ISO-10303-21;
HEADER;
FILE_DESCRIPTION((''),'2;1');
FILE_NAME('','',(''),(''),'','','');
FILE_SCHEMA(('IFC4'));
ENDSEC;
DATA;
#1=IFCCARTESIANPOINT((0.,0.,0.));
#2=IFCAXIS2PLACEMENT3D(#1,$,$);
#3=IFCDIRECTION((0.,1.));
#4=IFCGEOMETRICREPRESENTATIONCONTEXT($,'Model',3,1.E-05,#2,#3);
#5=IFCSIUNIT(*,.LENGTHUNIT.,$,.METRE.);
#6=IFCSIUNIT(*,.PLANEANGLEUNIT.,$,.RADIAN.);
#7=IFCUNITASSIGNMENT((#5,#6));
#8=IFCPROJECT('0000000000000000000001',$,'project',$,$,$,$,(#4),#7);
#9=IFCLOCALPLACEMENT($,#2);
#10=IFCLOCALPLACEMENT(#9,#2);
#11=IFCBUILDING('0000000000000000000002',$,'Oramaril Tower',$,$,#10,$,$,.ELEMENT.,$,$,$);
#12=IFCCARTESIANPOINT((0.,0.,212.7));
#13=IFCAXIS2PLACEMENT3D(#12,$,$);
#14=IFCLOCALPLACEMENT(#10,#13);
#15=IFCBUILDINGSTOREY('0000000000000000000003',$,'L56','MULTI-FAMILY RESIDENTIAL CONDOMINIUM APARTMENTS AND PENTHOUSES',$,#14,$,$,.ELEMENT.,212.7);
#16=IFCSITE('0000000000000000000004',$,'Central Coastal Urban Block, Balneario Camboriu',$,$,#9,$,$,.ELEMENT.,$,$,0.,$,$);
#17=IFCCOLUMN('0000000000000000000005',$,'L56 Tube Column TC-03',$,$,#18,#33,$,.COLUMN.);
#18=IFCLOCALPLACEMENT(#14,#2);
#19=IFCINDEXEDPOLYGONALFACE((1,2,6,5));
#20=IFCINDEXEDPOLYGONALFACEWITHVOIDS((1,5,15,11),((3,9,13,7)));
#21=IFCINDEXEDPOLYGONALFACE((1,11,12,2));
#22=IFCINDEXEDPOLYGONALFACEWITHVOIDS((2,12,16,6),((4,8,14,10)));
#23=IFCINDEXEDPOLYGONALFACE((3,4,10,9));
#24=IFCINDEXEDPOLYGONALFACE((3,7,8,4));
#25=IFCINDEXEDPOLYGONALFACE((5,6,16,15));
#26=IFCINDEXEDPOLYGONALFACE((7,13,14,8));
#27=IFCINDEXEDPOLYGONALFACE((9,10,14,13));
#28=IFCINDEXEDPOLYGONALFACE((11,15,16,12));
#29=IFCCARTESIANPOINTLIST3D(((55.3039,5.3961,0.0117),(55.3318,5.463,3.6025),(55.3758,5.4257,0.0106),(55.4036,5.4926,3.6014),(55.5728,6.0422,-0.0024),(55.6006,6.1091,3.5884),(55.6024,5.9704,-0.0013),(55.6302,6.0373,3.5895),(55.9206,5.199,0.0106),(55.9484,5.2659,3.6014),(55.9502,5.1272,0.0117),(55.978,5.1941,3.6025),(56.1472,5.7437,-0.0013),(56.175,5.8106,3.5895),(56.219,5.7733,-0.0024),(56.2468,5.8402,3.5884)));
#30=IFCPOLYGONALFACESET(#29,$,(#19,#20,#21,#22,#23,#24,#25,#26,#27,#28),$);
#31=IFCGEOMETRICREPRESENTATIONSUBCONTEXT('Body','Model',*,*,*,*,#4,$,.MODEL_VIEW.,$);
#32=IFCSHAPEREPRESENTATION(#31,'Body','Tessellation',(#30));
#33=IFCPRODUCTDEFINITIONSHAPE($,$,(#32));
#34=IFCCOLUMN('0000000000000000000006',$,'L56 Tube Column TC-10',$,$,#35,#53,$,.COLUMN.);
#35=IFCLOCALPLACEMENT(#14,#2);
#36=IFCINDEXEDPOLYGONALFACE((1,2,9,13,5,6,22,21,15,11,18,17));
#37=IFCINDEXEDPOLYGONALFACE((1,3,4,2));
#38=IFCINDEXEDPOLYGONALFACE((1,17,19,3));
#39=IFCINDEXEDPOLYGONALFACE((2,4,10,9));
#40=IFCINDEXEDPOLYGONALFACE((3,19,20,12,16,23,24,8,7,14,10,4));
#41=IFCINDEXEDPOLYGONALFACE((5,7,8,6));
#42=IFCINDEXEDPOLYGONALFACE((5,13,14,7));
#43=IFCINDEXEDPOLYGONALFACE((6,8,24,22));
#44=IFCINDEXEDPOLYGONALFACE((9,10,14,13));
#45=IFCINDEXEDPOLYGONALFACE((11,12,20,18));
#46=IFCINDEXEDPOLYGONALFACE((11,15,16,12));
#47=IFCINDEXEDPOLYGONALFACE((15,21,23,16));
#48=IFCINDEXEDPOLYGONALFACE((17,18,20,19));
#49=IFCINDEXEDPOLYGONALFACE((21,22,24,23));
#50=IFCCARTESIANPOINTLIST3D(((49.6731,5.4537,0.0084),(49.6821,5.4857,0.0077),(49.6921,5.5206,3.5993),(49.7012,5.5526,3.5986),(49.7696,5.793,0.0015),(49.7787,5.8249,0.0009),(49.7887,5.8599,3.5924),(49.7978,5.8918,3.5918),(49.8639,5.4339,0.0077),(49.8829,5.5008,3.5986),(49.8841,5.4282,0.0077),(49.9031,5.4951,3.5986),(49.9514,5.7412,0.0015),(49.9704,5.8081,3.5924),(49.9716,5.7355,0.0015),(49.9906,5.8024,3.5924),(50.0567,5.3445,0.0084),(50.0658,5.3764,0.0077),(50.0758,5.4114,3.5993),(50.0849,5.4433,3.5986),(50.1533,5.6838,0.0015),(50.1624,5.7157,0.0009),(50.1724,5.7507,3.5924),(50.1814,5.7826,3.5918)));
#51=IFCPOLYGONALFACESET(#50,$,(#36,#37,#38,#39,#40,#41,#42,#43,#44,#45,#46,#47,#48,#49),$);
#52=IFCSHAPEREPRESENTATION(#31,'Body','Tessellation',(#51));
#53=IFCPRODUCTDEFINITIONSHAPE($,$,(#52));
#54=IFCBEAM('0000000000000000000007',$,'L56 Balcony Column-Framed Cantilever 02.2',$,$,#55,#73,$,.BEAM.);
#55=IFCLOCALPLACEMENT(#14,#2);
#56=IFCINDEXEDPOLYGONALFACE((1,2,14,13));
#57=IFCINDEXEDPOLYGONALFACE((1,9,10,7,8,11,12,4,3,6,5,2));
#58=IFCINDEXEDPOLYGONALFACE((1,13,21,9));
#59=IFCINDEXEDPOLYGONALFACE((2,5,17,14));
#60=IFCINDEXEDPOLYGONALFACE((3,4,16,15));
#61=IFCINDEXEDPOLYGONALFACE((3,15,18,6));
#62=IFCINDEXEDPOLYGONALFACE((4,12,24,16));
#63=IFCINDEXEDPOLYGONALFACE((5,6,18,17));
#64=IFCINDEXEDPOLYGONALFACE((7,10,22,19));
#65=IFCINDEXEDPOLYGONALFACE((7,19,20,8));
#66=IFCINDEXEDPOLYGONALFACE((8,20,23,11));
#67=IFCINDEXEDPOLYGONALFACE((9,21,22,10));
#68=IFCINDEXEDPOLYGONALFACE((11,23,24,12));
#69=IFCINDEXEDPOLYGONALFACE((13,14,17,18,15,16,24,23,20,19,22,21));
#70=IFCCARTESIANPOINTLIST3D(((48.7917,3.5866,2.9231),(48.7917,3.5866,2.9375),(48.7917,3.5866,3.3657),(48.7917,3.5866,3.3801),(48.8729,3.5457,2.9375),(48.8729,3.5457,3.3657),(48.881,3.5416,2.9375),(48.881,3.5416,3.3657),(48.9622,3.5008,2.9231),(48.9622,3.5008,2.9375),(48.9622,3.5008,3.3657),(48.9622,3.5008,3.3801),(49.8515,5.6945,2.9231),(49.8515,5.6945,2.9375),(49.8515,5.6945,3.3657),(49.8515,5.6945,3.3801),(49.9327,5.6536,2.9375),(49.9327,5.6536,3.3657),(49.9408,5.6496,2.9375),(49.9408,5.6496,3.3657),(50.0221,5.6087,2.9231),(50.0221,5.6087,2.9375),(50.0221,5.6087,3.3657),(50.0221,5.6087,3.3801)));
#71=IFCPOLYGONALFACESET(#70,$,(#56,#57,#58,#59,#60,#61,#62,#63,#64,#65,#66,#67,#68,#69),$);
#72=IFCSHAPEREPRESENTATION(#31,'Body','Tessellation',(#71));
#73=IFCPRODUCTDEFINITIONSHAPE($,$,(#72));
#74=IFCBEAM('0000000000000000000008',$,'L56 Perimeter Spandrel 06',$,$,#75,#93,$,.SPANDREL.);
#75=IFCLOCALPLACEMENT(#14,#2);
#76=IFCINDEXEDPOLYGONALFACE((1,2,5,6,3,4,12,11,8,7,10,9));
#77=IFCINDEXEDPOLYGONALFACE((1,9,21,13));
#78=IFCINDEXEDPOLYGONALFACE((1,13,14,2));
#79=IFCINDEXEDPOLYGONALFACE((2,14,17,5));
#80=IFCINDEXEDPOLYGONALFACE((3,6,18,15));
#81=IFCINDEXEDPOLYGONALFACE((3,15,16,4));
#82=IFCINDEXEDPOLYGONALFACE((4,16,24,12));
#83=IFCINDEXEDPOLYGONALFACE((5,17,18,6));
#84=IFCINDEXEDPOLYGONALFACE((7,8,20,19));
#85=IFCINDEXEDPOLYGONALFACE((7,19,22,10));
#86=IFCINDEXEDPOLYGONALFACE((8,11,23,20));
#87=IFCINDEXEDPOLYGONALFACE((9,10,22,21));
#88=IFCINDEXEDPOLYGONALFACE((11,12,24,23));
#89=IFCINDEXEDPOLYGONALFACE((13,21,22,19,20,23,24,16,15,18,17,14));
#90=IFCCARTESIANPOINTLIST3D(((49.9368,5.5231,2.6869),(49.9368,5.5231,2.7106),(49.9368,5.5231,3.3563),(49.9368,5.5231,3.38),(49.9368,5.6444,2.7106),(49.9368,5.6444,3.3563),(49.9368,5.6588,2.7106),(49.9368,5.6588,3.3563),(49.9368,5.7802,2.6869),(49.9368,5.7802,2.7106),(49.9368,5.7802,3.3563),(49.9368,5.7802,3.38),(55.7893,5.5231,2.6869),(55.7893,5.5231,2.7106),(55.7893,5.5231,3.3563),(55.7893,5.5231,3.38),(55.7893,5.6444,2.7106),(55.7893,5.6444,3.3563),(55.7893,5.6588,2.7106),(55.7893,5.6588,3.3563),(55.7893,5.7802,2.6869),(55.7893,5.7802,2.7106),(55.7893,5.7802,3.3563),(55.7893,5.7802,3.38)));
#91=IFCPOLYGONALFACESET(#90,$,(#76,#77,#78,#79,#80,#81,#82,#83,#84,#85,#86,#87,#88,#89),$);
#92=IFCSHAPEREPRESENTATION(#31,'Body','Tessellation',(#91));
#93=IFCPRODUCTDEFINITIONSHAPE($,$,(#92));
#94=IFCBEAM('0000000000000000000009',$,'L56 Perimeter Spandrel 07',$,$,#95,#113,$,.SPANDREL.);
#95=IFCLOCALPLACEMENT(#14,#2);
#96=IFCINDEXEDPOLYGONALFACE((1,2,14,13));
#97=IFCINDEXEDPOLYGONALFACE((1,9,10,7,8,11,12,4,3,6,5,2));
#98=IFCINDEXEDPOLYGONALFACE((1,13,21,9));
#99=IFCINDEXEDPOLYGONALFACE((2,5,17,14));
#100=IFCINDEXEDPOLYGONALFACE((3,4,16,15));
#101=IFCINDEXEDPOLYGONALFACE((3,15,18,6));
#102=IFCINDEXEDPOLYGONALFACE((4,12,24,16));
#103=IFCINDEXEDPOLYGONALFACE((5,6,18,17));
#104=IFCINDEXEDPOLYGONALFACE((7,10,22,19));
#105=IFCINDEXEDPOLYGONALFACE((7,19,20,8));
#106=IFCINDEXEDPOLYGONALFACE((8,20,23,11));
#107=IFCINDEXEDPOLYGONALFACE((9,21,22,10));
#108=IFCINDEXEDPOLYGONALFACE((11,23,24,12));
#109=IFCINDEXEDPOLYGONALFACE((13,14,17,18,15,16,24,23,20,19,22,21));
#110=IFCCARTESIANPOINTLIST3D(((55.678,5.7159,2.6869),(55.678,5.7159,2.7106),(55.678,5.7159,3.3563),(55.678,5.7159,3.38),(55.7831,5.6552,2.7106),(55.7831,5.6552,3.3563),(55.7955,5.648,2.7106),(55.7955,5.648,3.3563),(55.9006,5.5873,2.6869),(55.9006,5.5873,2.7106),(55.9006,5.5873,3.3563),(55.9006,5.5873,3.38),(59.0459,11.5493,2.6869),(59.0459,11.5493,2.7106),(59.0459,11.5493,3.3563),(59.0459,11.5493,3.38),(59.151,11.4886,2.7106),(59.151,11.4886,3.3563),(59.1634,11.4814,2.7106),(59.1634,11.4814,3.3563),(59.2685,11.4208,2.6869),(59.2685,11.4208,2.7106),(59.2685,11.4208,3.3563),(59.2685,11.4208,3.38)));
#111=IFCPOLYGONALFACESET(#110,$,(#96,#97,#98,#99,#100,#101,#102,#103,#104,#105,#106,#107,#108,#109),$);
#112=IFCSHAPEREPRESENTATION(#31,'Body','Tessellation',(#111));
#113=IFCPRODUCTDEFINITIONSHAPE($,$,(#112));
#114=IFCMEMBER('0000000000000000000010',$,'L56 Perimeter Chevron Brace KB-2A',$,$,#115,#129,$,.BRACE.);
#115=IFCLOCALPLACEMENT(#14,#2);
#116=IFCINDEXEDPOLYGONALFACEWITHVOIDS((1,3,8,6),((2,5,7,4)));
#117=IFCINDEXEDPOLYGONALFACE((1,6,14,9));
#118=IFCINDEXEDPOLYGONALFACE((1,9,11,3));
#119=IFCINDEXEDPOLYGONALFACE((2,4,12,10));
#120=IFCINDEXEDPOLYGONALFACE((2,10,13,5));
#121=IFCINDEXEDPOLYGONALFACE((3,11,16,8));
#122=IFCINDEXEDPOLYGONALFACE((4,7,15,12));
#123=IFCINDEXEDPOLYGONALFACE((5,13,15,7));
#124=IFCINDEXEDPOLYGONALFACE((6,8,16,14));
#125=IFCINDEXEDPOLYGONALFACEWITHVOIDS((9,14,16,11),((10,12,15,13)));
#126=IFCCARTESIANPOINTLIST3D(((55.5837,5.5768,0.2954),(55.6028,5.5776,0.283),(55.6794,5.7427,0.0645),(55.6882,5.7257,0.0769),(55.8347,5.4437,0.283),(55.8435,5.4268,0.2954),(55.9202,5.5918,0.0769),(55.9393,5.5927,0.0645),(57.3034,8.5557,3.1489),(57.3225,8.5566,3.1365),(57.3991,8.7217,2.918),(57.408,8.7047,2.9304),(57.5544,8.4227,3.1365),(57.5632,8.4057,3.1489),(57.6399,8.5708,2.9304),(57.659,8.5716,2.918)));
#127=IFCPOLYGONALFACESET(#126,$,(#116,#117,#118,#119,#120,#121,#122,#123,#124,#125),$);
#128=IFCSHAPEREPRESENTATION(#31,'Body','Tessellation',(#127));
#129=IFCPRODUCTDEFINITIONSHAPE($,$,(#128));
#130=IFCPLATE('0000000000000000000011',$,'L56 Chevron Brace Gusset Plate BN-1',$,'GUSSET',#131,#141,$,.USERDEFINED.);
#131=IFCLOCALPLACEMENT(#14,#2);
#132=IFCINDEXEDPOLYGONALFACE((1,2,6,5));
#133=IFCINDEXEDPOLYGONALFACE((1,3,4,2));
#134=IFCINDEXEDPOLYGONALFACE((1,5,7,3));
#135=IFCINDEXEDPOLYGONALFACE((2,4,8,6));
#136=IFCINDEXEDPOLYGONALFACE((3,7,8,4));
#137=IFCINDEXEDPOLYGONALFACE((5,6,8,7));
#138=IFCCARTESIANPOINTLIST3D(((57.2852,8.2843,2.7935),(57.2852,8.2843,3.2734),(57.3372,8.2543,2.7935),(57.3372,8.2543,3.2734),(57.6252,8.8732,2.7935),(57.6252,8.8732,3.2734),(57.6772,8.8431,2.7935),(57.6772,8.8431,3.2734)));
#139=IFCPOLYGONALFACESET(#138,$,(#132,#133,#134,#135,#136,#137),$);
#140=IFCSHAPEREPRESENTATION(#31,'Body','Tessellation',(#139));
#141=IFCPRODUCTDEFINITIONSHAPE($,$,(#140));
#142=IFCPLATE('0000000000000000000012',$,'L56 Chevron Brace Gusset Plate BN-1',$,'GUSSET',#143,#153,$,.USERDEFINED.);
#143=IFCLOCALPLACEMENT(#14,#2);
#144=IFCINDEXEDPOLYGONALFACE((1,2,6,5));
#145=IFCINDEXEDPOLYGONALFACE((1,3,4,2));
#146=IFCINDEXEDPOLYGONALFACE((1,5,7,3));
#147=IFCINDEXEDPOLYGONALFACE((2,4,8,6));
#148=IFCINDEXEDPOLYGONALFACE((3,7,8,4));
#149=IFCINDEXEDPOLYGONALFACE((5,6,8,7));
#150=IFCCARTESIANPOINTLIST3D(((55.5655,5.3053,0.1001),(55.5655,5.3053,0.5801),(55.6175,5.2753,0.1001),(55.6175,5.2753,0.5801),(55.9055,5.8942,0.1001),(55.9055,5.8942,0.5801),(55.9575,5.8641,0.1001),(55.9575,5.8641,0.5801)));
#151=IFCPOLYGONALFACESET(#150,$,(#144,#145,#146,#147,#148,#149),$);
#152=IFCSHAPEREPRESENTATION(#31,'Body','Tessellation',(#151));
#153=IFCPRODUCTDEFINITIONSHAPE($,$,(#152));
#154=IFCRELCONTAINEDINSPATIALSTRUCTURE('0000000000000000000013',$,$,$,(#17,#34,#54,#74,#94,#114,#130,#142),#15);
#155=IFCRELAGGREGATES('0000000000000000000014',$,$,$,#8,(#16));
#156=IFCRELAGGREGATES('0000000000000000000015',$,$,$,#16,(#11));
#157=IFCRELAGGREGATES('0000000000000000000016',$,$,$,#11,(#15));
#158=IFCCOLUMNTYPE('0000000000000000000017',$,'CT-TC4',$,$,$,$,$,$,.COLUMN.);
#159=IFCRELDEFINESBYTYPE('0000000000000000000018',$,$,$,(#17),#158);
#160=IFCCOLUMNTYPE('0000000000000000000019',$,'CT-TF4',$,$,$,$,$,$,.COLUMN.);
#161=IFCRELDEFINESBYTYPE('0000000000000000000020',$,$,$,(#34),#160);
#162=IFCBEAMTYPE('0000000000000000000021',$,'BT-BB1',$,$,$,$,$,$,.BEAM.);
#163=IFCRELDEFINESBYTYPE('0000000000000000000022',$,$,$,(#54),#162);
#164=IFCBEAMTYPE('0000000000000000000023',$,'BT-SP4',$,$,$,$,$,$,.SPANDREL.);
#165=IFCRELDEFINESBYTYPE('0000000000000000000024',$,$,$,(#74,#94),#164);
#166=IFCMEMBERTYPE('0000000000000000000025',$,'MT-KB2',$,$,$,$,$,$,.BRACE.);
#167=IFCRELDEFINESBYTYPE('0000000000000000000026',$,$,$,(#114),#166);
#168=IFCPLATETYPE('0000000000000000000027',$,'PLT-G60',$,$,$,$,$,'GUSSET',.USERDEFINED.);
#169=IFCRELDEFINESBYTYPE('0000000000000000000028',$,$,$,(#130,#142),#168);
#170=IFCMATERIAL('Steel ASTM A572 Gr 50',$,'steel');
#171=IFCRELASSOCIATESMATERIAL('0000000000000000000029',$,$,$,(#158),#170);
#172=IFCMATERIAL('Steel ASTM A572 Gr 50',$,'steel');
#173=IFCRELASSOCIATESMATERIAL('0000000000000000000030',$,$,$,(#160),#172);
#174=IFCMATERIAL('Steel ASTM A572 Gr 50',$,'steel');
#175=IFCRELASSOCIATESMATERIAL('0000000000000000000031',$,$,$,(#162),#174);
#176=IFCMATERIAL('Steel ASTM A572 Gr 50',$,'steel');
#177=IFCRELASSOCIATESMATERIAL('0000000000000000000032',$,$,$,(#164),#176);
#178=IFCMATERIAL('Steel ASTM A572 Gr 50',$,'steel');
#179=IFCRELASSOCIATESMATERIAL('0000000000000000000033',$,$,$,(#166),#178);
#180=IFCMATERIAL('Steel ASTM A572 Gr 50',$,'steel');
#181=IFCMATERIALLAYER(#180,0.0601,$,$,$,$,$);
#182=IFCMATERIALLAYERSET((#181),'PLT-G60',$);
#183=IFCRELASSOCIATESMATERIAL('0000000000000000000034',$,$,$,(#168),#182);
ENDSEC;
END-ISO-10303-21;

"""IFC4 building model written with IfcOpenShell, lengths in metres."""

from ifc_helpers import new_model, si_unit, direction, frame, origin, origin_2d, place, context, subcontext, project, spatial, rectangle, hollow_rectangle, i_section, extrude, material, layer, layer_set, material_profile, profile_set, type_object, element, save


model = new_model("IFC4")

# Units and contexts
model_context = context("Model", 3, precision=1e-05, world=origin(), true_north=direction((0.0, 1.0)))
body_context = subcontext(model_context, "Body", "Model", "MODEL_VIEW")
ifc_project = project(units=[si_unit("LENGTHUNIT", "METRE"), si_unit("PLANEANGLEUNIT", "RADIAN")], contexts=[model_context])

# Site, building, storey
site_placement = place(None, origin())
site = spatial("IfcSite", under=ifc_project, at=site_placement, Name="Central Coastal Urban Block, Balneario Camboriu", CompositionType="ELEMENT", RefElevation=0.0)
building_placement = place(site_placement, origin())
building = spatial("IfcBuilding", under=site, at=building_placement, Name="Oramaril Tower", CompositionType="ELEMENT")
storey_placement = place(building_placement, frame((0.0, 0.0, 212.7)))
storey = spatial("IfcBuildingStorey", under=building, at=storey_placement, Name="L56", Description="MULTI-FAMILY RESIDENTIAL CONDOMINIUM APARTMENTS AND PENTHOUSES", CompositionType="ELEMENT", Elevation=212.7)

# Columns
ifc_material_1 = material(Name="Steel ASTM A572 Gr 50", Category="steel")
ifc_material_profile_1 = material_profile(ifc_material_1, hollow_rectangle(XDim=0.7, YDim=0.7, WallThickness=0.0549, at=origin_2d()), Name="BOX700X700X55")
ifc_profile_set_1 = profile_set([ifc_material_profile_1], Name="Steel ASTM A572 Gr 50")
column_type_1 = type_object("IfcColumnType", Name="CT-TC4", PredefinedType="COLUMN", material=ifc_profile_set_1)
column_1_placement = place(storey_placement, frame((55.7615, 5.5847, 0.0046), z_axis=(0.007749, 0.018626, 0.999796), x_axis=(-0.923276, 0.384137, 0.0)))
element("IfcColumn", 1, at=column_1_placement, inside=storey, type_object=column_type_1, Name="L56 Tube Column TC-03", PredefinedType="COLUMN", context=body_context, shape_type="SweptSolid", body=[
    extrude(hollow_rectangle(XDim=0.7, YDim=0.7, WallThickness=0.0549, at=origin_2d()), origin(), (0.0, 0.0, 1.0), 3.5916),
])
ifc_material_2 = material(Name="Steel ASTM A572 Gr 50", Category="steel")
ifc_material_profile_2 = material_profile(ifc_material_2, i_section(OverallWidth=0.3989, OverallDepth=0.386, WebThickness=0.021, FlangeThickness=0.0332, at=origin_2d()), Name="W14X176")
ifc_profile_set_2 = profile_set([ifc_material_profile_2], Name="Steel ASTM A572 Gr 50")
column_type_2 = type_object("IfcColumnType", Name="CT-TF4", PredefinedType="COLUMN", material=ifc_profile_set_2)
column_2_placement = place(storey_placement, frame((49.9177, 5.5847, 0.0046), z_axis=(0.005302, 0.018626, 0.999812), x_axis=(-0.961788, 0.273794, 0.0)))
element("IfcColumn", 2, at=column_2_placement, inside=storey, type_object=column_type_2, Name="L56 Tube Column TC-10", PredefinedType="COLUMN", context=body_context, shape_type="SweptSolid", body=[
    extrude(i_section(OverallWidth=0.3989, OverallDepth=0.386, WebThickness=0.021, FlangeThickness=0.0332, at=origin_2d()), origin(), (0.0, 0.0, 1.0), 3.5916),
])

# Beams
ifc_material_3 = material(Name="Steel ASTM A572 Gr 50", Category="steel")
ifc_material_profile_3 = material_profile(ifc_material_3, i_section(OverallWidth=0.1909, OverallDepth=0.457, WebThickness=0.009, FlangeThickness=0.0144, at=origin_2d()), Name="W18X50")
ifc_profile_set_3 = profile_set([ifc_material_profile_3], Name="Steel ASTM A572 Gr 50")
beam_type_1 = type_object("IfcBeamType", Name="BT-BB1", PredefinedType="BEAM", material=ifc_profile_set_3)
beam_1_placement = place(storey_placement, frame((49.9368, 5.6516, 3.1516), z_axis=(-0.449199, -0.893432, 0.0), x_axis=(0.893432, -0.449199, 0.0)))
element("IfcBeam", 3, at=beam_1_placement, inside=storey, type_object=beam_type_1, Name="L56 Balcony Column-Framed Cantilever 02.2", PredefinedType="BEAM", context=body_context, shape_type="SweptSolid", body=[
    extrude(i_section(OverallWidth=0.1909, OverallDepth=0.457, WebThickness=0.009, FlangeThickness=0.0144, at=origin_2d()), origin(), (0.0, 0.0, 1.0), 2.3594),
])
ifc_material_4 = material(Name="Steel ASTM A572 Gr 50", Category="steel")
ifc_material_profile_4 = material_profile(ifc_material_4, i_section(OverallWidth=0.2571, OverallDepth=0.6931, WebThickness=0.0144, FlangeThickness=0.0237, at=origin_2d()), Name="W27X114")
ifc_profile_set_4 = profile_set([ifc_material_profile_4], Name="Steel ASTM A572 Gr 50")
beam_type_2 = type_object("IfcBeamType", Name="BT-SP4", PredefinedType="SPANDREL", material=ifc_profile_set_4)
beam_2_placement = place(storey_placement, frame((49.9368, 5.6516, 3.0334), z_axis=(1.0, 0.0, 0.0), x_axis=(0.0, 1.0, 0.0)))
element("IfcBeam", 4, at=beam_2_placement, inside=storey, type_object=beam_type_2, Name="L56 Perimeter Spandrel 06", PredefinedType="SPANDREL", context=body_context, shape_type="SweptSolid", body=[
    extrude(i_section(OverallWidth=0.2571, OverallDepth=0.6931, WebThickness=0.0144, FlangeThickness=0.0237, at=origin_2d()), origin(), (0.0, 0.0, 1.0), 5.8525),
])
beam_3_placement = place(storey_placement, frame((55.7893, 5.6516, 3.0334), z_axis=(0.499994, 0.866029, 0.0), x_axis=(-0.866029, 0.499994, 0.0)))
element("IfcBeam", 5, at=beam_3_placement, inside=storey, type_object=beam_type_2, Name="L56 Perimeter Spandrel 07", PredefinedType="SPANDREL", context=body_context, shape_type="SweptSolid", body=[
    extrude(i_section(OverallWidth=0.2571, OverallDepth=0.6931, WebThickness=0.0144, FlangeThickness=0.0237, at=origin_2d()), origin(), (0.0, 0.0, 1.0), 6.7358),
])

# Member
ifc_material_5 = material(Name="Steel ASTM A572 Gr 50", Category="steel")
ifc_material_profile_5 = material_profile(ifc_material_5, hollow_rectangle(XDim=0.3, YDim=0.3, WallThickness=0.0161, at=origin_2d()), Name="HSS300X300X16")
ifc_profile_set_5 = profile_set([ifc_material_profile_5], Name="Steel ASTM A572 Gr 50")
member_type = type_object("IfcMemberType", Name="MT-KB2", PredefinedType="BRACE", material=ifc_profile_set_5)
member_placement = place(storey_placement, frame((55.7615, 5.5847, 0.1799), z_axis=(0.384788, 0.666551, 0.638473), x_axis=(-0.866051, 0.499956, 0.0)))
element("IfcMember", 6, at=member_placement, inside=storey, type_object=member_type, Name="L56 Perimeter Chevron Brace KB-2A", PredefinedType="BRACE", context=body_context, shape_type="SweptSolid", body=[
    extrude(hollow_rectangle(XDim=0.3, YDim=0.3, WallThickness=0.0161, at=origin_2d()), origin(), (0.0, 0.0, 1.0), 4.4692),
])

# Plates
ifc_material_6 = material(Name="Steel ASTM A572 Gr 50", Category="steel")
ifc_layer_1 = layer(ifc_material_6, 0.0601)
ifc_layer_set_1 = layer_set([ifc_layer_1], Name="PLT-G60")
plate_type = type_object("IfcPlateType", Name="PLT-G60", ElementType="GUSSET", PredefinedType="USERDEFINED", material=ifc_layer_set_1)
for number, where, z_axis, x_axis, name in (
    (7, (57.4812, 8.5637, 2.7935), (0.0, 0.0, 1.0), (0.5, 0.866025, 0.0), "L56 Chevron Brace Gusset Plate BN-1"),
    (8, (55.7615, 5.5847, 0.1001), (0.0, 0.0, 1.0), (0.5, 0.866025, 0.0), "L56 Chevron Brace Gusset Plate BN-1"),
):
    element("IfcPlate", number, at=place(storey_placement, frame(where, z_axis=z_axis, x_axis=x_axis)), inside=storey, type_object=plate_type, Name=name, ObjectType="GUSSET", PredefinedType="USERDEFINED", context=body_context, shape_type="SweptSolid", body=[
        extrude(rectangle(XDim=0.6799, YDim=0.0601, at=origin_2d()), origin(), (0.0, 0.0, 1.0), 0.48),
    ])

save(model, "model.ifc")
